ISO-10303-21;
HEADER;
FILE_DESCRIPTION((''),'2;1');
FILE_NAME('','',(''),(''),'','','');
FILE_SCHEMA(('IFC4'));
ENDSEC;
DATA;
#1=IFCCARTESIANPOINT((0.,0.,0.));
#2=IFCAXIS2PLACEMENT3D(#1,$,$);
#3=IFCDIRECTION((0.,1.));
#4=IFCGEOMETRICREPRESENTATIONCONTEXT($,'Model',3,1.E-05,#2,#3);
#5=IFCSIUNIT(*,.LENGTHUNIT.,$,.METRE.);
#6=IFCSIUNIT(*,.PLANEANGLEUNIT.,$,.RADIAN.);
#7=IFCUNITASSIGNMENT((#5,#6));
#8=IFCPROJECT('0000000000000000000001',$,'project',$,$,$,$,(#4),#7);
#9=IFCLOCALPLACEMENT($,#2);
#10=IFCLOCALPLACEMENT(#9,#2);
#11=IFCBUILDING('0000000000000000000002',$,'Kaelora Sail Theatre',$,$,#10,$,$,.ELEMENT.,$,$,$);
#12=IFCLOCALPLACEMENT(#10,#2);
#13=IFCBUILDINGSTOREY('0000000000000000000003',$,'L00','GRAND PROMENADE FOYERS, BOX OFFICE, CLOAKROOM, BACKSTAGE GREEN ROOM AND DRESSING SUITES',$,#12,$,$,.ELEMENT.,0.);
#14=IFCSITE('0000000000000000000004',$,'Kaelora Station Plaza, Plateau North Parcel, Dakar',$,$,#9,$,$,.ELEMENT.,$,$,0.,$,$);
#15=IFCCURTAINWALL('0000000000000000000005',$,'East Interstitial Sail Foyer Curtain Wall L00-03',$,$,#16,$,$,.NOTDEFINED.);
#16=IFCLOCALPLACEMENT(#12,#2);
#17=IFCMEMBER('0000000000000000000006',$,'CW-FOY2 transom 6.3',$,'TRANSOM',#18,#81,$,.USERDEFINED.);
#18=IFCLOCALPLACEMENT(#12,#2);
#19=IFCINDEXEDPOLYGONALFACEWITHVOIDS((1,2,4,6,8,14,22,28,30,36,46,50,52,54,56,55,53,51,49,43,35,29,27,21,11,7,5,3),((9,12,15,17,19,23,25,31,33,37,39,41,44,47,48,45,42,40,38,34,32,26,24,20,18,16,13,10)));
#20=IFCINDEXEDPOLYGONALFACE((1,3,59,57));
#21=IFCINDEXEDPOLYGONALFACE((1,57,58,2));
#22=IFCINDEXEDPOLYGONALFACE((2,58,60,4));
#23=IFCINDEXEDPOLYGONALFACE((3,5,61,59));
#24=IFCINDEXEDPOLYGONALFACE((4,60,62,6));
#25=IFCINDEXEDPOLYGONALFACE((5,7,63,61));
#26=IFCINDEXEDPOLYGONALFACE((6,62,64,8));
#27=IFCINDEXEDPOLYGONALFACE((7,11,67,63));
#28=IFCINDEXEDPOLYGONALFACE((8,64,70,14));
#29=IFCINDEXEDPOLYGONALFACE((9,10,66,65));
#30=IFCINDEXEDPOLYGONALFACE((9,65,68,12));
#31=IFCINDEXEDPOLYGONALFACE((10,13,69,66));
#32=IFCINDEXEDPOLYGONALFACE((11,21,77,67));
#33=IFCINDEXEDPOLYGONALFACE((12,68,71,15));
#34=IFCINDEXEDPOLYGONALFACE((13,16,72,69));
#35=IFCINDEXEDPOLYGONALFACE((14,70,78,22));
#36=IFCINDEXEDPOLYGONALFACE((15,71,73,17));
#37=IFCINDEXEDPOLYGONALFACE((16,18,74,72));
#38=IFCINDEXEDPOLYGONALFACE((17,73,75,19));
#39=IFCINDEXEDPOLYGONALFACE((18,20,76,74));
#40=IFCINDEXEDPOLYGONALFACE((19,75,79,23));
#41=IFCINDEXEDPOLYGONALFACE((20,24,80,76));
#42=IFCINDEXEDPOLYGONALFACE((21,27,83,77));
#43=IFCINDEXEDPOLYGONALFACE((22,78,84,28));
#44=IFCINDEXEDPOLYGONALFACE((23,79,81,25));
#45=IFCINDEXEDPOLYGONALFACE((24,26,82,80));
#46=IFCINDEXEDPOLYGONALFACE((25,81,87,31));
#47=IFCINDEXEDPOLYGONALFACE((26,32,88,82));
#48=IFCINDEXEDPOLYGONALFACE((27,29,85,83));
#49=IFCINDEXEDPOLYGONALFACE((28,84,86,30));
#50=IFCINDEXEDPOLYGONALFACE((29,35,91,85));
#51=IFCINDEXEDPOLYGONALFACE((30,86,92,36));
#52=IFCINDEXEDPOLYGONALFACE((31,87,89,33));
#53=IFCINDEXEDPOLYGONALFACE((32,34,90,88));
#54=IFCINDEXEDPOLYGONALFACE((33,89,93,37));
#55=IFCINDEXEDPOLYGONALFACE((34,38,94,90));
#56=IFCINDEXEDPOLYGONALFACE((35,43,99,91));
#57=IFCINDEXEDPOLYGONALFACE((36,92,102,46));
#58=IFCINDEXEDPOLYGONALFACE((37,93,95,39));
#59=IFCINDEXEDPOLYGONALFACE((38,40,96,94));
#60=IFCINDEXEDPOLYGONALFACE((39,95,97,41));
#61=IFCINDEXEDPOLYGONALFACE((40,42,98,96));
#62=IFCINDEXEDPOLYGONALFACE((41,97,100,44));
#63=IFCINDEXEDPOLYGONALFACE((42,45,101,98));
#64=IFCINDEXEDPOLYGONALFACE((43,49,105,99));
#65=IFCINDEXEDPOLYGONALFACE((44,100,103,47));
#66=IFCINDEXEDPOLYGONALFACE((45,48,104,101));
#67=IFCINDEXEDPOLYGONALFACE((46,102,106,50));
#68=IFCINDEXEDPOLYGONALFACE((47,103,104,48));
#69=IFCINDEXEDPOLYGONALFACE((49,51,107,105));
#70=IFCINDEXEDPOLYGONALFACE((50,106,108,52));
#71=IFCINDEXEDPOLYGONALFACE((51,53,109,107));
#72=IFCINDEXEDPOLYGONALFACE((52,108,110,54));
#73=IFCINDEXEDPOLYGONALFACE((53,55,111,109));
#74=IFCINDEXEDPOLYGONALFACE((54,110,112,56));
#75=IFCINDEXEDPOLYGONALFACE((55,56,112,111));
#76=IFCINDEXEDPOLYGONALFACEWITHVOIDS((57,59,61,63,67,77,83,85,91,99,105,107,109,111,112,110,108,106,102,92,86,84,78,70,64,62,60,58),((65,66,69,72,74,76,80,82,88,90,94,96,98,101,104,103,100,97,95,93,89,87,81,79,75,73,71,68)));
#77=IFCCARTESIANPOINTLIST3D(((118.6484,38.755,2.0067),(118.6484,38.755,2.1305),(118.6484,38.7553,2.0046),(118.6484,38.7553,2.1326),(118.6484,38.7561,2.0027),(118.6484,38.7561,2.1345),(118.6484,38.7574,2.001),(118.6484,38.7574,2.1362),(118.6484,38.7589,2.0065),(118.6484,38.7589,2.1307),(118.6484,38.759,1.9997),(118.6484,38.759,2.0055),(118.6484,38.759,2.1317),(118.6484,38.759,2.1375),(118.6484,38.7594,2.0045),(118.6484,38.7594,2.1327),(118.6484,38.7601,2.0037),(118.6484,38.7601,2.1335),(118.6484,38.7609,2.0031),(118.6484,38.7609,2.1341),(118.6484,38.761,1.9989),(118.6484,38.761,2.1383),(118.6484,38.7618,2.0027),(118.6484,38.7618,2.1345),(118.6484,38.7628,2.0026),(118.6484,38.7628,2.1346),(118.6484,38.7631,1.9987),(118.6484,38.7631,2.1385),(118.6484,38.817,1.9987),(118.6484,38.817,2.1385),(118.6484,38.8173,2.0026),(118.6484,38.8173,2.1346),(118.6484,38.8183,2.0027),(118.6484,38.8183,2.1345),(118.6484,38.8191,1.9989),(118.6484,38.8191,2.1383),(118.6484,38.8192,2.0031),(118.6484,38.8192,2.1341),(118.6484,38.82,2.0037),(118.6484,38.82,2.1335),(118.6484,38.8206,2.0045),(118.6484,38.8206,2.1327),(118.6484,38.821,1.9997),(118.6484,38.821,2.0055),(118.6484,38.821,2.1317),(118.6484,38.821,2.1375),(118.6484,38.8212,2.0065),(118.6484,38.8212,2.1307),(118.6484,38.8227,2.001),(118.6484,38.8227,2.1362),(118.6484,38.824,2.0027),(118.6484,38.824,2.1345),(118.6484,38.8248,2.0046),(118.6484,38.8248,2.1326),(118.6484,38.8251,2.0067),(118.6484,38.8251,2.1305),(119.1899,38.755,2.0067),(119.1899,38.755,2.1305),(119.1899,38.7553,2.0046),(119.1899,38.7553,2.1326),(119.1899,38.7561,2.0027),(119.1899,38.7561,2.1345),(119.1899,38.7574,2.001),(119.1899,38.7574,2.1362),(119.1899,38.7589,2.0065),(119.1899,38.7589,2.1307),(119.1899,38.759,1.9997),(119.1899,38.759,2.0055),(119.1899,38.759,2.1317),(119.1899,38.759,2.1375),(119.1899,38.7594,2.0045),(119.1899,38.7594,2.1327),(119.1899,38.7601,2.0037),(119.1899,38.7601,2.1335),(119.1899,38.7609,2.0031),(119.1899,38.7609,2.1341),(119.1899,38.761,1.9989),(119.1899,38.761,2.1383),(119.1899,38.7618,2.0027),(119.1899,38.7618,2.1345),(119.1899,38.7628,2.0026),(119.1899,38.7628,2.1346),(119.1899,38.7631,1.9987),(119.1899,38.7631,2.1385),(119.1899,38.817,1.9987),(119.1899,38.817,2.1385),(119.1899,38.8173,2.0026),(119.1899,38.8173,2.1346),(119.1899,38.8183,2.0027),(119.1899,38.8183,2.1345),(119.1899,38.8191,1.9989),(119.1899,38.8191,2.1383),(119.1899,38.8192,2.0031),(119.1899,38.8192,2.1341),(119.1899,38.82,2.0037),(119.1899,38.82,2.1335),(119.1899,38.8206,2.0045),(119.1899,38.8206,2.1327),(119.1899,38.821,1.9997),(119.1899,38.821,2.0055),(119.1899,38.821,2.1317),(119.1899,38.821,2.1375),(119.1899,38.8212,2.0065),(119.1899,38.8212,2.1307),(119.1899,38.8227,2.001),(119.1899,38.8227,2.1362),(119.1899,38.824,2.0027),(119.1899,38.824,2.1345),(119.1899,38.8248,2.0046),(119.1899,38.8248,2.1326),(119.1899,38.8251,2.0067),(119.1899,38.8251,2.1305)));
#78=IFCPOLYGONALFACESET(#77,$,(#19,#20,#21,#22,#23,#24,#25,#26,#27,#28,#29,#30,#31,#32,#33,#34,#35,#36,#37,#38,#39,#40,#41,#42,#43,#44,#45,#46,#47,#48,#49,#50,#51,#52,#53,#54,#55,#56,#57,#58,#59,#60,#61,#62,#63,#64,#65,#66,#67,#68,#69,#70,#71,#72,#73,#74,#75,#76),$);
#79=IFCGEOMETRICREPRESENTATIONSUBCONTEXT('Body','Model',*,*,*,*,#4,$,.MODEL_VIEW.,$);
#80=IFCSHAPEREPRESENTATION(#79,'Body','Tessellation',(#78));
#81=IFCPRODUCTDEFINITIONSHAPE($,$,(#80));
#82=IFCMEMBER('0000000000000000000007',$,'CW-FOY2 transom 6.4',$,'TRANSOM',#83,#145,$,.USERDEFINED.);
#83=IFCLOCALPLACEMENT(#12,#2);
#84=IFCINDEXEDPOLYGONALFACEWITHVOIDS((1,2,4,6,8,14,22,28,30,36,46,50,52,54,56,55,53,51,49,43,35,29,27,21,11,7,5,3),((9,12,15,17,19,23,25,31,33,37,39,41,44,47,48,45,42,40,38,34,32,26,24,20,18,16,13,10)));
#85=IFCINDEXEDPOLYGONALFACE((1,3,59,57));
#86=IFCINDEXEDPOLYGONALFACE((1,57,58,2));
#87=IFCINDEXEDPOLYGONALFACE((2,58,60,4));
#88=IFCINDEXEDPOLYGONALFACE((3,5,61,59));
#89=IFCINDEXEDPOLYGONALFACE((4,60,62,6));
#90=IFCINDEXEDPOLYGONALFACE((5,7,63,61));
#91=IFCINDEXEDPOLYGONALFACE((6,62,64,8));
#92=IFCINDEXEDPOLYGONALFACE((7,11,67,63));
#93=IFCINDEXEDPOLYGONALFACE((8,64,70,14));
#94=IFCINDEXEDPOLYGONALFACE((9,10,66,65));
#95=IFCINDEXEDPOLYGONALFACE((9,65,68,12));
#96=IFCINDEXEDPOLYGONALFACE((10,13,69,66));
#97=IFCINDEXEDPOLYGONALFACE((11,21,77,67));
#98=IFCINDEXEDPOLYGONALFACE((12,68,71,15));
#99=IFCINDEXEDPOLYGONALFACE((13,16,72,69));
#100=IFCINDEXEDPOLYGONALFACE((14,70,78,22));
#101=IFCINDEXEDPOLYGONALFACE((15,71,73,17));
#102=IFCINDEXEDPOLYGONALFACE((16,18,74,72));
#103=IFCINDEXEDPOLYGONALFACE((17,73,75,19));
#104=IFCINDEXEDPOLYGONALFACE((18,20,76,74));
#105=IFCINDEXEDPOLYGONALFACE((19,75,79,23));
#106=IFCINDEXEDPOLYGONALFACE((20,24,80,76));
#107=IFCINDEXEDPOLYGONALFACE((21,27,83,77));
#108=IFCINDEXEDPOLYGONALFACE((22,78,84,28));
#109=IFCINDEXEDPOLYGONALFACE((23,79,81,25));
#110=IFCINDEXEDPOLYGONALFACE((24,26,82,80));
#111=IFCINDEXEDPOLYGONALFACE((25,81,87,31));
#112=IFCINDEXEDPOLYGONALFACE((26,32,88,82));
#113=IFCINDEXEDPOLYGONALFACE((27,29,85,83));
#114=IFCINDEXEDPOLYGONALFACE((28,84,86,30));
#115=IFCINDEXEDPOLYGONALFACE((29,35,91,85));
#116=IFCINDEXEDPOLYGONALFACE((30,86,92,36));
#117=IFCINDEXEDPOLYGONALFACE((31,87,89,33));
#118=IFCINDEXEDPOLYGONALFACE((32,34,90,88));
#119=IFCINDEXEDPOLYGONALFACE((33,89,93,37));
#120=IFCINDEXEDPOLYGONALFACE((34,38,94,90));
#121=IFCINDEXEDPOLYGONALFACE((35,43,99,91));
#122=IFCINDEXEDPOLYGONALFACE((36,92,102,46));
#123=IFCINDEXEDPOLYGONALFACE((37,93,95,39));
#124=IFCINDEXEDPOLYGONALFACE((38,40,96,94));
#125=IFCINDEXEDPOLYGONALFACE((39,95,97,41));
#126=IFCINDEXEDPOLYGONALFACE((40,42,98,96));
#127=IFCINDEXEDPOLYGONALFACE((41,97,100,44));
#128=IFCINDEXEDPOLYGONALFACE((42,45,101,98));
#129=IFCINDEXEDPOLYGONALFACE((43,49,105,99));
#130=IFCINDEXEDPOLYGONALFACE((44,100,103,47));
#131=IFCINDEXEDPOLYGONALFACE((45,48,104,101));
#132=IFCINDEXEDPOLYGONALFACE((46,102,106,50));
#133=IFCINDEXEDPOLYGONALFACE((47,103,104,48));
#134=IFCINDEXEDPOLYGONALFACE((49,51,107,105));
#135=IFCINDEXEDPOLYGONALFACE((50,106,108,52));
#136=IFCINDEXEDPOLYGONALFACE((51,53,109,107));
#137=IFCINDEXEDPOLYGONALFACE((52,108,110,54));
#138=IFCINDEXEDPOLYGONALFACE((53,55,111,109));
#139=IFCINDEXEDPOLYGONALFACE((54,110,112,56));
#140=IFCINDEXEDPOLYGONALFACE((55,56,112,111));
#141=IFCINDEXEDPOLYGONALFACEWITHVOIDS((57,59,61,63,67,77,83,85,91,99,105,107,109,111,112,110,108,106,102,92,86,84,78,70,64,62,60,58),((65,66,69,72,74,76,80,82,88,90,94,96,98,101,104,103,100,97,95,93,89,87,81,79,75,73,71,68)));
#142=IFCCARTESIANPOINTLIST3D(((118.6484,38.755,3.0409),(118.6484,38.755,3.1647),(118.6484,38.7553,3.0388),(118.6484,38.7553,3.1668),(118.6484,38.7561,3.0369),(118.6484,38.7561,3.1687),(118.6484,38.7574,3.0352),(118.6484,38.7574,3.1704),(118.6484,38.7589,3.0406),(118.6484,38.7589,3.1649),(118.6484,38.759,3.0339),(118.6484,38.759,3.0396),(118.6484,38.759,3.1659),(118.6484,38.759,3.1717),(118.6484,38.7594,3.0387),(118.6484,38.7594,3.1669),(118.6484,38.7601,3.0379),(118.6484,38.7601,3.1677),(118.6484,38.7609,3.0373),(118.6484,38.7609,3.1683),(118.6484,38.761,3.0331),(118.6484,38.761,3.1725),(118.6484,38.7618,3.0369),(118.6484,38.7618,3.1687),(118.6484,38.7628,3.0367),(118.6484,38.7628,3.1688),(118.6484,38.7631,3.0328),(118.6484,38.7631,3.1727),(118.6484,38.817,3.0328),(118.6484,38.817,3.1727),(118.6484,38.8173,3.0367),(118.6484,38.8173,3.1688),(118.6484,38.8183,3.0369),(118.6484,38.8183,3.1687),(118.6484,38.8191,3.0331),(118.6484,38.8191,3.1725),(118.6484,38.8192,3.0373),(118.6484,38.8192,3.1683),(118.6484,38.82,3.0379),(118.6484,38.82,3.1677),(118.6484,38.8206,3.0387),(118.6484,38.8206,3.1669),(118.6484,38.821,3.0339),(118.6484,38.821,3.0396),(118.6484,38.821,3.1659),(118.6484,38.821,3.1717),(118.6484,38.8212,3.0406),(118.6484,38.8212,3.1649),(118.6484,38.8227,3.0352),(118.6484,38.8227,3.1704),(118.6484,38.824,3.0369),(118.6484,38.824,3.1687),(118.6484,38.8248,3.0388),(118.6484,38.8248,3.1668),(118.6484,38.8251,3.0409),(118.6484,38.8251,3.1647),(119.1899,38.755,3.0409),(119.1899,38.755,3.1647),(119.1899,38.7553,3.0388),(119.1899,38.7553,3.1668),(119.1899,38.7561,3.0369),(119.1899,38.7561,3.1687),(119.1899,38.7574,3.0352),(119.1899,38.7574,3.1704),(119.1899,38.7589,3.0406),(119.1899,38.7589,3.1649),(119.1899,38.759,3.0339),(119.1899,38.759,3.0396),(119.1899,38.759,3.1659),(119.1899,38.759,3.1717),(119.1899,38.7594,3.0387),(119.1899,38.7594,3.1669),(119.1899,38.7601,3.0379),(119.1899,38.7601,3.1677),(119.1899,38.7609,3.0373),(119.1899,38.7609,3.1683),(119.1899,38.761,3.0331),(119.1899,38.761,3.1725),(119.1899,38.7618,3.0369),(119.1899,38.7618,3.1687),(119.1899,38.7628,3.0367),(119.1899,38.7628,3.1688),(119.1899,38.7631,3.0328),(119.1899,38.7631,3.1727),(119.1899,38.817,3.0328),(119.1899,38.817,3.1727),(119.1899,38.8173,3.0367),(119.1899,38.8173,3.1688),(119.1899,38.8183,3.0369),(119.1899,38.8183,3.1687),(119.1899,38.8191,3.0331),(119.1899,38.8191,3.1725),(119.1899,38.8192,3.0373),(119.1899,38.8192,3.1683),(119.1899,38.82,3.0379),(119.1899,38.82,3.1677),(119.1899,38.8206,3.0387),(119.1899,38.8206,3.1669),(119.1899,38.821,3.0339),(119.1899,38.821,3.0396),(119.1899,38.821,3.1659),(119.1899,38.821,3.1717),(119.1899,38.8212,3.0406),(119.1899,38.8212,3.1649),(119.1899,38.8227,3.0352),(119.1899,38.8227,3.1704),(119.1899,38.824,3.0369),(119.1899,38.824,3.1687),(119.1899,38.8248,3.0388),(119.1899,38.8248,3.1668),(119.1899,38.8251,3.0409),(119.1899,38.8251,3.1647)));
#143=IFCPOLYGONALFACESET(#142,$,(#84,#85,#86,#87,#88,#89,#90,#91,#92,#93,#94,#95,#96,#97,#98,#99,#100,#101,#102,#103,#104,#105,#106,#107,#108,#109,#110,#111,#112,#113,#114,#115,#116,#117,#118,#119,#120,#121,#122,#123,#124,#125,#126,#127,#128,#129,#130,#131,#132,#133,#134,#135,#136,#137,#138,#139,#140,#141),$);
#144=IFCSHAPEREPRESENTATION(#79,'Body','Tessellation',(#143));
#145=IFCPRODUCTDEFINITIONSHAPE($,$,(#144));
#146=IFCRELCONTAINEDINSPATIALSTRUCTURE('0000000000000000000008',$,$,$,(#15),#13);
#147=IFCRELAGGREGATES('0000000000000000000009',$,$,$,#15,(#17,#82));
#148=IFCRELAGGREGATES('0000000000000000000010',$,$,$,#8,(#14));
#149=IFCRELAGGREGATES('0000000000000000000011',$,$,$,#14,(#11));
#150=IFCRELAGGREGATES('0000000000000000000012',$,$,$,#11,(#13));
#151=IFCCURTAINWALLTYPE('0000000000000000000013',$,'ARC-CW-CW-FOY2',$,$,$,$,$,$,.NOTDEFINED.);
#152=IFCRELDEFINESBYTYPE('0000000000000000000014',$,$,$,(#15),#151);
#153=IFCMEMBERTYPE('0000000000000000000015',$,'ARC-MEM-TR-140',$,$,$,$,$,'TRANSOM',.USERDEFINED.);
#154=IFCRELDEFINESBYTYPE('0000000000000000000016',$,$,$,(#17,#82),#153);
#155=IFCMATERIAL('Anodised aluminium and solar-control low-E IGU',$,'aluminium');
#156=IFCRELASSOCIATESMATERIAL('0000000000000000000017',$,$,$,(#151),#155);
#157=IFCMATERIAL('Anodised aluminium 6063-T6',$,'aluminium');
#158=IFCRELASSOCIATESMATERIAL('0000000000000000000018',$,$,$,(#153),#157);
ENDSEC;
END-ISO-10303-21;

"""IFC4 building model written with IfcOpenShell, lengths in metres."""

from ifc_helpers import new_model, si_unit, direction, frame, origin, origin_2d, place, context, subcontext, project, spatial, hollow_rectangle, extrude, material, material_profile, profile_set, type_object, element, aggregate, save


model = new_model("IFC4")

# Units and contexts
model_context = context("Model", 3, precision=1e-05, world=origin(), true_north=direction((0.0, 1.0)))
body_context = subcontext(model_context, "Body", "Model", "MODEL_VIEW")
ifc_project = project(units=[si_unit("LENGTHUNIT", "METRE"), si_unit("PLANEANGLEUNIT", "RADIAN")], contexts=[model_context])

# Site, building, storey
site_placement = place(None, origin())
site = spatial("IfcSite", under=ifc_project, at=site_placement, Name="Kaelora Station Plaza, Plateau North Parcel, Dakar", CompositionType="ELEMENT", RefElevation=0.0)
building_placement = place(site_placement, origin())
building = spatial("IfcBuilding", under=site, at=building_placement, Name="Kaelora Sail Theatre", CompositionType="ELEMENT")
storey_placement = place(building_placement, origin())
storey = spatial("IfcBuildingStorey", under=building, at=storey_placement, Name="L00", Description="GRAND PROMENADE FOYERS, BOX OFFICE, CLOAKROOM, BACKSTAGE GREEN ROOM AND DRESSING SUITES", CompositionType="ELEMENT", Elevation=0.0)

# Curtain wall
ifc_material_1 = material(Name="Anodised aluminium and solar-control low-E IGU", Category="aluminium")
curtain_wall_type = type_object("IfcCurtainWallType", Name="ARC-CW-CW-FOY2", PredefinedType="NOTDEFINED", material=ifc_material_1)
curtain_wall_placement = place(storey_placement, origin())
curtain_wall = element("IfcCurtainWall", 1, at=curtain_wall_placement, inside=storey, type_object=curtain_wall_type, Name="East Interstitial Sail Foyer Curtain Wall L00-03", PredefinedType="NOTDEFINED")

# Members
ifc_material_2 = material(Name="Anodised aluminium 6063-T6", Category="aluminium")
ifc_material_profile_1 = material_profile(ifc_material_2, hollow_rectangle(XDim=0.0701, YDim=0.1399, WallThickness=0.0039, InnerFilletRadius=0.0039, OuterFilletRadius=0.0081, at=origin_2d()), Name="ALU-TRAN 70x140x4")
ifc_profile_set_1 = profile_set([ifc_material_profile_1], Name="Anodised aluminium 6063-T6")
member_type_1 = type_object("IfcMemberType", Name="ARC-MEM-TR-140", ElementType="TRANSOM", PredefinedType="USERDEFINED", material=ifc_profile_set_1)
member_1_placement = place(storey_placement, frame((118.6484, 38.79, 2.0686), z_axis=(1.0, 0.0, 0.0), x_axis=(0.0, 1.0, 0.0)))
member_1 = element("IfcMember", 2, at=member_1_placement, type_object=member_type_1, Name="CW-FOY2 transom 6.3", ObjectType="TRANSOM", PredefinedType="USERDEFINED", context=body_context, shape_type="SweptSolid", body=[
    extrude(hollow_rectangle(XDim=0.0701, YDim=0.1399, WallThickness=0.0039, InnerFilletRadius=0.0039, OuterFilletRadius=0.0081, at=origin_2d()), origin(), (0.0, 0.0, 1.0), 0.5415),
])
member_2_placement = place(storey_placement, frame((118.6484, 38.79, 3.1028), z_axis=(1.0, 0.0, 0.0), x_axis=(0.0, 1.0, 0.0)))
member_2 = element("IfcMember", 3, at=member_2_placement, type_object=member_type_1, Name="CW-FOY2 transom 6.4", ObjectType="TRANSOM", PredefinedType="USERDEFINED", context=body_context, shape_type="SweptSolid", body=[
    extrude(hollow_rectangle(XDim=0.0701, YDim=0.1399, WallThickness=0.0039, InnerFilletRadius=0.0039, OuterFilletRadius=0.0081, at=origin_2d()), origin(), (0.0, 0.0, 1.0), 0.5415),
])

aggregate(curtain_wall, [member_1, member_2])

save(model, "model.ifc")
